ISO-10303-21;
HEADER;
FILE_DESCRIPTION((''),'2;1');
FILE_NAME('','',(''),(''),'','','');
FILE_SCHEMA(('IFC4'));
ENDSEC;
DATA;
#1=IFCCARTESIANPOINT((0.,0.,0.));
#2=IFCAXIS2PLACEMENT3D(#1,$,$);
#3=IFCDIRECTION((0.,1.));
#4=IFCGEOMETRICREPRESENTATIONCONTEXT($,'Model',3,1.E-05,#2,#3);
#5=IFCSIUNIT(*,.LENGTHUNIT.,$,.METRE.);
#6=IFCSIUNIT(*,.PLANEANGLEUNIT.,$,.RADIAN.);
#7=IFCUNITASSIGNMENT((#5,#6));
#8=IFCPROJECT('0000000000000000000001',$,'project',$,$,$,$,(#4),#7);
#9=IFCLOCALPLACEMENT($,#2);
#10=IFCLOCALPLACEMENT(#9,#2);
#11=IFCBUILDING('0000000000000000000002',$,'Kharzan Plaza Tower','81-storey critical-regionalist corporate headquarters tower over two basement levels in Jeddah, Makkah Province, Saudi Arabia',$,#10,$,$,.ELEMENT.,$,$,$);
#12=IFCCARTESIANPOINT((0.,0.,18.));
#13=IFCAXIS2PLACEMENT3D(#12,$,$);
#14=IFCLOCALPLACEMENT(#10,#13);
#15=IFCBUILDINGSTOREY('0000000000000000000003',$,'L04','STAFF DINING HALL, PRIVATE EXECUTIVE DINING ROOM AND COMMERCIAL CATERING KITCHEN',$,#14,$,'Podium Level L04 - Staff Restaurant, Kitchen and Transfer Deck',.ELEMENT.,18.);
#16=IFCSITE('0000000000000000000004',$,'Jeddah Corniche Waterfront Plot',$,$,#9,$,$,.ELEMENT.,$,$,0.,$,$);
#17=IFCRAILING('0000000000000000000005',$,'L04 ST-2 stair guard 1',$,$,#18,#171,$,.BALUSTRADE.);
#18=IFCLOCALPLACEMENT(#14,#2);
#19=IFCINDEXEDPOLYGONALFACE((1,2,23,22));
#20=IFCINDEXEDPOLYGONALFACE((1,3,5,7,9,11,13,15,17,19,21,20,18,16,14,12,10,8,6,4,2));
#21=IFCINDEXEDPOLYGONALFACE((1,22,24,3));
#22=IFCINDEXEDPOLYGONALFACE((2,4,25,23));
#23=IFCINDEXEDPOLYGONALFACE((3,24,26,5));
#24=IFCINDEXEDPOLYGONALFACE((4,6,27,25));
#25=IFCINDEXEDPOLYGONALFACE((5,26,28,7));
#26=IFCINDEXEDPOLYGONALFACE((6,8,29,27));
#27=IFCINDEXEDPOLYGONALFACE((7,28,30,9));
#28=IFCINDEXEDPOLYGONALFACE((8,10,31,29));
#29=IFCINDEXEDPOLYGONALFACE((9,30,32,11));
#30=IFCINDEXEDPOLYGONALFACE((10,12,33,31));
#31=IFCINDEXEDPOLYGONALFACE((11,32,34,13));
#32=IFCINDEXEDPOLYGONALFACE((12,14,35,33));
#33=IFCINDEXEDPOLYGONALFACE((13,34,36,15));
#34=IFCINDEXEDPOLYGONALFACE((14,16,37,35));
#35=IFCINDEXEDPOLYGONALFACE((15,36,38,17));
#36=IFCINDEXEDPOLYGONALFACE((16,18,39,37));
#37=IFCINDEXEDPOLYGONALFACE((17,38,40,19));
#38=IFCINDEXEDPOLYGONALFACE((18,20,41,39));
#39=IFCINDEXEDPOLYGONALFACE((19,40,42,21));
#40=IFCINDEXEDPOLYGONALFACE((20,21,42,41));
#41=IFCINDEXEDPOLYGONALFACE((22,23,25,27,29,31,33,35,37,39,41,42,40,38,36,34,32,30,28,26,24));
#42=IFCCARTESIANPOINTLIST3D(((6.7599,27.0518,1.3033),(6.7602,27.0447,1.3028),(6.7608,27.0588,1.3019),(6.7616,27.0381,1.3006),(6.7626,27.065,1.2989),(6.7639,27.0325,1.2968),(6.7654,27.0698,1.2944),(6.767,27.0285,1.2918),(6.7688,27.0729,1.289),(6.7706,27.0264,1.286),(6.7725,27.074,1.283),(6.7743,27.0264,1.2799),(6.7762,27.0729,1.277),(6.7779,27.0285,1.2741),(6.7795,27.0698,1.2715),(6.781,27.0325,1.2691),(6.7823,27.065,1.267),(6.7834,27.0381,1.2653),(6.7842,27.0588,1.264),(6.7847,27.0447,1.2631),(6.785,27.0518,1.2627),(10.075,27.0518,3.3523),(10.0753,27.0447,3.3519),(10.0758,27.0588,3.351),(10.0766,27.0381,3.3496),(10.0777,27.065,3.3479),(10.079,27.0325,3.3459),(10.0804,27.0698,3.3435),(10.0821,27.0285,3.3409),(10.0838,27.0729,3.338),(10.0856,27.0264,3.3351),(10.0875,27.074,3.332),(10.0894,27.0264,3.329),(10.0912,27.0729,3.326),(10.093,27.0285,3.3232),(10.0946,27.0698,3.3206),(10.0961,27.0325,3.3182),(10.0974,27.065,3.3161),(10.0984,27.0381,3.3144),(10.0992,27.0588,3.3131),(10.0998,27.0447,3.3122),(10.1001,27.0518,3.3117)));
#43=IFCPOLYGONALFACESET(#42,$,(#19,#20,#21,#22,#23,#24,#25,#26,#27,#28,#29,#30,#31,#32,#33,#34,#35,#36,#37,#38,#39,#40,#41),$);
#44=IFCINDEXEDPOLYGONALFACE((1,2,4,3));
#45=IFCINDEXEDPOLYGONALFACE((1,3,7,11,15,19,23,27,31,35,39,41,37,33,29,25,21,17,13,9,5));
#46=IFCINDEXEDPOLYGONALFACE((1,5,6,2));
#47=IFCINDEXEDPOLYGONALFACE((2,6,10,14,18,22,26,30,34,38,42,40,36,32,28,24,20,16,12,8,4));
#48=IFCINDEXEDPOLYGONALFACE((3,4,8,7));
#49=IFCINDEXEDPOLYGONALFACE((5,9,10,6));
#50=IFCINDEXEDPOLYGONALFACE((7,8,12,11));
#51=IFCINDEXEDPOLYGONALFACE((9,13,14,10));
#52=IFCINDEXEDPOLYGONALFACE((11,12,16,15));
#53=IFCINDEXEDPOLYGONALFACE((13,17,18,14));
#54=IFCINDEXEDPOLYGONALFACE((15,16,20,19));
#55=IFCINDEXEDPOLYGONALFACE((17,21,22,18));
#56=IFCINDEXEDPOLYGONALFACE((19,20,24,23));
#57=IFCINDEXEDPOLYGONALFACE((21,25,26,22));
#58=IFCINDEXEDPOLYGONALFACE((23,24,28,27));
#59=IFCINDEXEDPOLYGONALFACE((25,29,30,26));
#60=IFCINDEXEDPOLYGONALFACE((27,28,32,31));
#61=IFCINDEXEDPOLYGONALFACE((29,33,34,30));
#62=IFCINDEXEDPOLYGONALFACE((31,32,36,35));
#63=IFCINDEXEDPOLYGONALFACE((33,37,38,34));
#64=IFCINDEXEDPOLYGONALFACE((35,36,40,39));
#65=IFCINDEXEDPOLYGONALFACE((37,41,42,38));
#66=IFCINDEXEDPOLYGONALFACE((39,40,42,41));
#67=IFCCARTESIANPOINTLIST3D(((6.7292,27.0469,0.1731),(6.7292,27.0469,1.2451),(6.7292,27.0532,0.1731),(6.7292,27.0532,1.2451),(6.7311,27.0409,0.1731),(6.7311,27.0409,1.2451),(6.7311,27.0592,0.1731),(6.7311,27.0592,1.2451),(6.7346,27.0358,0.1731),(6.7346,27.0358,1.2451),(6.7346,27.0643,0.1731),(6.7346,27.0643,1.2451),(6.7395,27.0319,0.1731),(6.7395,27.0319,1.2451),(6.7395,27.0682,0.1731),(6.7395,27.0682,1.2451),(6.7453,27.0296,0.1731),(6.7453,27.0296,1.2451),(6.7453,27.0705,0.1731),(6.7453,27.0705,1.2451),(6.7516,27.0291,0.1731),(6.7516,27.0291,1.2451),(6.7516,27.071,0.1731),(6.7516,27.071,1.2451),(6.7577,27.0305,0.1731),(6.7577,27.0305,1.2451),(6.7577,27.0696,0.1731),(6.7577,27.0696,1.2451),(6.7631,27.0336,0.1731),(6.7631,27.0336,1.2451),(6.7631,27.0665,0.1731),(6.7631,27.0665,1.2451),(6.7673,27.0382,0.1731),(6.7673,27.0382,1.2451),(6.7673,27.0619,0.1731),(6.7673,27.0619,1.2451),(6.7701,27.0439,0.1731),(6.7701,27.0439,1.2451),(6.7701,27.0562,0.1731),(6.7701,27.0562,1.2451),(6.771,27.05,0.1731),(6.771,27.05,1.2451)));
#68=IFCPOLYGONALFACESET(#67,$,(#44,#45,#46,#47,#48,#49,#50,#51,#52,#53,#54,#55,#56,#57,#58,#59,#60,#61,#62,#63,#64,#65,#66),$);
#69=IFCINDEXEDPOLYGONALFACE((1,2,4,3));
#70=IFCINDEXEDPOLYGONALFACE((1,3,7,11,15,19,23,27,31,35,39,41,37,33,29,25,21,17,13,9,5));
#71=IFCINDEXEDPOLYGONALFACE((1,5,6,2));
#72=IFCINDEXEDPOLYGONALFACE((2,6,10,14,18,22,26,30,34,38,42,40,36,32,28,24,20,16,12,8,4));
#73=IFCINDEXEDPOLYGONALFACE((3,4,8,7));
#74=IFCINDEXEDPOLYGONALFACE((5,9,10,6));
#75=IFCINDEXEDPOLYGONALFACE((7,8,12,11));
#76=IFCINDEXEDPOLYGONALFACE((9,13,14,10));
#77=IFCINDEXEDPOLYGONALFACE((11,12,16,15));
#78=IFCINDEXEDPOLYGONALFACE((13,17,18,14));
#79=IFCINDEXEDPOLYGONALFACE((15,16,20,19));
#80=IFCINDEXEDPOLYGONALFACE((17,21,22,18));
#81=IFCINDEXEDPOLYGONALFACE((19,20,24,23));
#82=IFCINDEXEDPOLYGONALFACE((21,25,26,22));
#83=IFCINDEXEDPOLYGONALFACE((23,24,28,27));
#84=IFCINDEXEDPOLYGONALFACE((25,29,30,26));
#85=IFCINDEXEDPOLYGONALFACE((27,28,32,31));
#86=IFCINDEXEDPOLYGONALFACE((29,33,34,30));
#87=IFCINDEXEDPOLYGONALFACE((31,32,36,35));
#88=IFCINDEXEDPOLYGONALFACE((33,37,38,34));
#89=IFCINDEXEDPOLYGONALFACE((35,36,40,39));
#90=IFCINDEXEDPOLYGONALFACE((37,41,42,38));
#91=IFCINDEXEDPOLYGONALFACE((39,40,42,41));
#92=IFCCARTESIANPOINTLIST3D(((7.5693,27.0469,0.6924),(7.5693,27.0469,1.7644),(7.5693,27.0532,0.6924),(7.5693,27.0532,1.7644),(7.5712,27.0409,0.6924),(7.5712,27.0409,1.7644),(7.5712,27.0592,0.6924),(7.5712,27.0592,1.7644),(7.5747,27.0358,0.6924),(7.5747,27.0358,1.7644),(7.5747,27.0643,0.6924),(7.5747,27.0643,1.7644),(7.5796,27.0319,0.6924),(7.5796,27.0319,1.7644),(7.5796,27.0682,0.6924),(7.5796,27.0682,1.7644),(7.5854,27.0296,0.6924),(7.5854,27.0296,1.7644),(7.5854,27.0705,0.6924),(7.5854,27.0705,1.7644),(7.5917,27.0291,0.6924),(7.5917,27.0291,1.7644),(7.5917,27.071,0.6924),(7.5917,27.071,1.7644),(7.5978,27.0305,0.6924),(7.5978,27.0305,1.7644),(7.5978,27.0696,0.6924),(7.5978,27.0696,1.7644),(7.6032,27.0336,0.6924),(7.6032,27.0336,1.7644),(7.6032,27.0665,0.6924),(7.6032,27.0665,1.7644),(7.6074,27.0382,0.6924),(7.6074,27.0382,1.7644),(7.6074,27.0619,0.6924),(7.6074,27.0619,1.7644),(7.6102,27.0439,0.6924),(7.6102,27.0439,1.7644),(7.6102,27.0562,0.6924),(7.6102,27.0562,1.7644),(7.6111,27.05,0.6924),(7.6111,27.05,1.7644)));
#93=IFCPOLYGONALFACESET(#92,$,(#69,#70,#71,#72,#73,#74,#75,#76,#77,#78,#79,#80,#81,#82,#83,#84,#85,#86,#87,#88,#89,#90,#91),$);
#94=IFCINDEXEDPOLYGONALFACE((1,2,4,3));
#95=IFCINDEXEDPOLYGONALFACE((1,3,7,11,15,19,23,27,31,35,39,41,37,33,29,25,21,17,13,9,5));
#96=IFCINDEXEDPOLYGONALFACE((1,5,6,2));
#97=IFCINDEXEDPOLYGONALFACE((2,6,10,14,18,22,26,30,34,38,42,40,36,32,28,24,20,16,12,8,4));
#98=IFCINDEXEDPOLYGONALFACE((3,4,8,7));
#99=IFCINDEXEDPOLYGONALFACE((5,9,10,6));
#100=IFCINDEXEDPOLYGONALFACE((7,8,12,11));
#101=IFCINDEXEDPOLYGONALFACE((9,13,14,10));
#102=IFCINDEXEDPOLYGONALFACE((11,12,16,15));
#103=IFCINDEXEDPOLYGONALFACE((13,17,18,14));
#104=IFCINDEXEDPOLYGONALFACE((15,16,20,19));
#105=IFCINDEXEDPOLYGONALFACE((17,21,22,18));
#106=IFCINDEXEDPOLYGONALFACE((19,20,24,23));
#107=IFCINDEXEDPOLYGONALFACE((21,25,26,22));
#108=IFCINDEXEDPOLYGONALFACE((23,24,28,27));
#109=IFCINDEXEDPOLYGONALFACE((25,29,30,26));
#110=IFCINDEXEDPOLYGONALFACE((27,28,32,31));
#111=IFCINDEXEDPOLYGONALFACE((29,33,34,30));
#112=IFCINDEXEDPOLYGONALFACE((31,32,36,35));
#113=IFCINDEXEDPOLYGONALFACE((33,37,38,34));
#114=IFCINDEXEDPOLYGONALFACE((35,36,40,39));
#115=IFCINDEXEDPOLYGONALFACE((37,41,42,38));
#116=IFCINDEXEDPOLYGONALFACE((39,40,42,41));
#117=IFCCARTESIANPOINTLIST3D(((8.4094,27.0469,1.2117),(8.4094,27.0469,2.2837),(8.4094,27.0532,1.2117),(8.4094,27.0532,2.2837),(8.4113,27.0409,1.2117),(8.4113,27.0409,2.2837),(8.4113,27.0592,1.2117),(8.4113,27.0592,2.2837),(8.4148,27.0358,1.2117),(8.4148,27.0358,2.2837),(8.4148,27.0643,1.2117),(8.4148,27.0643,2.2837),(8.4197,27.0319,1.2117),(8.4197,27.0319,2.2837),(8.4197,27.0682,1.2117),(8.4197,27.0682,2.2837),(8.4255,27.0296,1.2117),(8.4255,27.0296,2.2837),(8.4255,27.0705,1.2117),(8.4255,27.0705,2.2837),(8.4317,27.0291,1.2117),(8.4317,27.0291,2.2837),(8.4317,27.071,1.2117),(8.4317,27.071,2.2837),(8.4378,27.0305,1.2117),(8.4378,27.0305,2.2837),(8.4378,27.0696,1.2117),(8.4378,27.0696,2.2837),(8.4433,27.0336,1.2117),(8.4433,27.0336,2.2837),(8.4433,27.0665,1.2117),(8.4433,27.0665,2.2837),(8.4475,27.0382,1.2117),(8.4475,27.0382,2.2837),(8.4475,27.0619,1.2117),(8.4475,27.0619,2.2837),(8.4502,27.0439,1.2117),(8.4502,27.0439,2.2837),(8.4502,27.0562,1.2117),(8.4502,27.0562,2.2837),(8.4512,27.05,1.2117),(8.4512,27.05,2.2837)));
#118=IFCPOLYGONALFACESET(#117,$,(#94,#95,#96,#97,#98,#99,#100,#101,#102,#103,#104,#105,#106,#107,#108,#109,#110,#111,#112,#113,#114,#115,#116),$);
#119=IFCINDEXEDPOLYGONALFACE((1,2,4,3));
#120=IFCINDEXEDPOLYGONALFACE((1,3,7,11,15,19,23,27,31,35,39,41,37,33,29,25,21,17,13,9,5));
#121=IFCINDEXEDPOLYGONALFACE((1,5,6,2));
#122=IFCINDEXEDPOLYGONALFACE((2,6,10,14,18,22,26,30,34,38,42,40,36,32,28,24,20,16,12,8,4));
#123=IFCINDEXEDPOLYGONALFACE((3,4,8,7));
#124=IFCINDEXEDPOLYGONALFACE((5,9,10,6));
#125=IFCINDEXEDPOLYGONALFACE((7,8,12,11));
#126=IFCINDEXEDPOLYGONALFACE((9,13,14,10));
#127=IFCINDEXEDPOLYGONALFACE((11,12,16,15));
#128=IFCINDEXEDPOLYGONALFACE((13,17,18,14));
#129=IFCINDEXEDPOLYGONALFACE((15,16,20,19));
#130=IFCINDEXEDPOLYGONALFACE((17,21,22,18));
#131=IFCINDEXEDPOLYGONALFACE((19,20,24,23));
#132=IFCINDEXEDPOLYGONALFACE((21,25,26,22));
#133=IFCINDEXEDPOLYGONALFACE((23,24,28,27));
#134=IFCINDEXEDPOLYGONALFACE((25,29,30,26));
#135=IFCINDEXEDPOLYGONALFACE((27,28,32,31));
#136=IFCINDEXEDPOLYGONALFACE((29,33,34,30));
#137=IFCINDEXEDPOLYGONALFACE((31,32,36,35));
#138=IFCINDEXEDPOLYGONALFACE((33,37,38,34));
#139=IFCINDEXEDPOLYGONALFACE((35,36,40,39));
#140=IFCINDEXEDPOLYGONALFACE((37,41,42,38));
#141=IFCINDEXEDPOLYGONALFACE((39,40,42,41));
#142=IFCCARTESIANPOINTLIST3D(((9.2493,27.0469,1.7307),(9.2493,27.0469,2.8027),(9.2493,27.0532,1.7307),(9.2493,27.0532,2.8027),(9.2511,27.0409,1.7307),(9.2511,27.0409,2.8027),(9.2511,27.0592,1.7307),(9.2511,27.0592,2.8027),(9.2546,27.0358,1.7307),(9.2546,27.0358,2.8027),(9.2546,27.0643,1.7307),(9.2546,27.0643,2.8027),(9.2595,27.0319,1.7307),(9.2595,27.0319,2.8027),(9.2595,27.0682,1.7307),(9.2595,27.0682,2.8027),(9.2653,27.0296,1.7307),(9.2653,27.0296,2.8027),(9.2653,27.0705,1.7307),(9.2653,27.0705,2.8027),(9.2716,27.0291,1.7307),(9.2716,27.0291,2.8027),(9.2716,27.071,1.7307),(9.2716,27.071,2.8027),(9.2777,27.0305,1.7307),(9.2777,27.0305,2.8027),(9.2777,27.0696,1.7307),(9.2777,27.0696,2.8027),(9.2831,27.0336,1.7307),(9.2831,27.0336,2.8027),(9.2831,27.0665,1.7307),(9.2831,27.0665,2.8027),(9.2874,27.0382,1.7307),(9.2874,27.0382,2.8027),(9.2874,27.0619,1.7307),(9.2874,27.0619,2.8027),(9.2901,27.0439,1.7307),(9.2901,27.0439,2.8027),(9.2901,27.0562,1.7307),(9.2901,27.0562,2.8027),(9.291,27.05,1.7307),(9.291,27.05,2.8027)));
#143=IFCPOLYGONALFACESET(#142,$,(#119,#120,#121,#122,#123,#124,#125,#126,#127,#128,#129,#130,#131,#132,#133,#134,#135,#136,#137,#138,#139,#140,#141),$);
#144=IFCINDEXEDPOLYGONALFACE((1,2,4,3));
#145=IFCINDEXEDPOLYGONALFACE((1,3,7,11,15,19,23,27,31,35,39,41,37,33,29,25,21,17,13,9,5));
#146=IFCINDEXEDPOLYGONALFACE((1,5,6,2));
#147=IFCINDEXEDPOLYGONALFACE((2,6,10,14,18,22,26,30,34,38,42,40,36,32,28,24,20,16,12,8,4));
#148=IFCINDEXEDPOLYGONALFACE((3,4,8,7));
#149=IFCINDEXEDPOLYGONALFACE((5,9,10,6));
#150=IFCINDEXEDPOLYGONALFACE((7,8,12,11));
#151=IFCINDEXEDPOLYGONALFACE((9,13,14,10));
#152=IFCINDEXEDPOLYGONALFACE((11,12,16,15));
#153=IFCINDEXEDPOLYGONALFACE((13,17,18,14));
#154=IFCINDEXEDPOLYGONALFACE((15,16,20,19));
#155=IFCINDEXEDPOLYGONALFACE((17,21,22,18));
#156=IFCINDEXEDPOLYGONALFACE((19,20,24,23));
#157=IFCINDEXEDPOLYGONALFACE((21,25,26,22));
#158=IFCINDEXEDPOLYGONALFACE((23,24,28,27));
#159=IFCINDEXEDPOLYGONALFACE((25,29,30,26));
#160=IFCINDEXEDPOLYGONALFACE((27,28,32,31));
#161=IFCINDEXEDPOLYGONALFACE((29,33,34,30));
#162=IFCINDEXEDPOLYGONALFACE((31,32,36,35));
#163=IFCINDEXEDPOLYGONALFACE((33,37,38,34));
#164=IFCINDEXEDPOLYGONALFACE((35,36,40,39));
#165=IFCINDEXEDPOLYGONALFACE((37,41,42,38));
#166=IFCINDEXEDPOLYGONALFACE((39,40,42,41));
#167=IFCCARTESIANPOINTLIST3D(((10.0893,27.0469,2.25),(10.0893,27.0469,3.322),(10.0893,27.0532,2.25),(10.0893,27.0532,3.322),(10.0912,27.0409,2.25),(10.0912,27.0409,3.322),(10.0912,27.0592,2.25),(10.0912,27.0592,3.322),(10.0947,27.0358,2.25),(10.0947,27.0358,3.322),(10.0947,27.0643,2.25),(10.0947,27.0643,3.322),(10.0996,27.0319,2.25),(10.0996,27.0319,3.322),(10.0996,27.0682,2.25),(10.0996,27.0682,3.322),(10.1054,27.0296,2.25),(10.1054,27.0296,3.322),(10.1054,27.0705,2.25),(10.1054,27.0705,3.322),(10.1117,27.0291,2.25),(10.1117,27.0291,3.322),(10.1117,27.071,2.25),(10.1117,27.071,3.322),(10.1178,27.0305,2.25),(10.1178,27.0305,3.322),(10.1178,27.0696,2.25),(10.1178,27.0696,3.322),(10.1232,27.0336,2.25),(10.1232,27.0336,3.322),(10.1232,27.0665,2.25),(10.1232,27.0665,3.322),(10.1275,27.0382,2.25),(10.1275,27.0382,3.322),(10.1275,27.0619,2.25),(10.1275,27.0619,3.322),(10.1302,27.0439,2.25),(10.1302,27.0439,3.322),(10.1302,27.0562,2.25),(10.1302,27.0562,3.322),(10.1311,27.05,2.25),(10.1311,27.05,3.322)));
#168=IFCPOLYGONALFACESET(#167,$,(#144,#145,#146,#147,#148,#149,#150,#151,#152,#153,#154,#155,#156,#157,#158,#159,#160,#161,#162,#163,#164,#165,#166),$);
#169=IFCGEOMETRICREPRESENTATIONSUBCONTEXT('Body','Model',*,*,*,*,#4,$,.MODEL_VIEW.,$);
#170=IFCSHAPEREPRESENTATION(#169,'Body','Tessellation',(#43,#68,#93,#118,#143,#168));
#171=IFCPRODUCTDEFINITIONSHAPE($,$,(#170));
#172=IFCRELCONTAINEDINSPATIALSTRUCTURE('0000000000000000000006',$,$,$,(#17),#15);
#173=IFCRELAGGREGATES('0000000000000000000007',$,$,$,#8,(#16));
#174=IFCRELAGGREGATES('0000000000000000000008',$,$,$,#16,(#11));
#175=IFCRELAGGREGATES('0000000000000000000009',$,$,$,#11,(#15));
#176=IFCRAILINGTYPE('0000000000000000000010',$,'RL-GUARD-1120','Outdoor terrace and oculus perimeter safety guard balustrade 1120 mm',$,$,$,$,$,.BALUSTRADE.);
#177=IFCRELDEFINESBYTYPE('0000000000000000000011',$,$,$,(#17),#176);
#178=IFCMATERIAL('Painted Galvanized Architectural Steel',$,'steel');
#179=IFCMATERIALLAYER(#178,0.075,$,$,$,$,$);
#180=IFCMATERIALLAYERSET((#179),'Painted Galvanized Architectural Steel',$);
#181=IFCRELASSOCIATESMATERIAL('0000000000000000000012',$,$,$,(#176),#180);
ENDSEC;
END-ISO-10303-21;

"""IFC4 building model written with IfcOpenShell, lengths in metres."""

from ifc_helpers import new_model, si_unit, direction, frame, origin, origin_2d, place, context, subcontext, project, spatial, circle, extrude, source, transform, mapped, material, layer, layer_set, type_object, element, save


model = new_model("IFC4")

# Units and contexts
model_context = context("Model", 3, precision=1e-05, world=origin(), true_north=direction((0.0, 1.0)))
body_context = subcontext(model_context, "Body", "Model", "MODEL_VIEW")
ifc_project = project(units=[si_unit("LENGTHUNIT", "METRE"), si_unit("PLANEANGLEUNIT", "RADIAN")], contexts=[model_context])

# Site, building, storey
site_placement = place(None, origin())
site = spatial("IfcSite", under=ifc_project, at=site_placement, Name="Jeddah Corniche Waterfront Plot", CompositionType="ELEMENT", RefElevation=0.0)
building_placement = place(site_placement, origin())
building = spatial("IfcBuilding", under=site, at=building_placement, Name="Kharzan Plaza Tower", Description="81-storey critical-regionalist corporate headquarters tower over two basement levels in Jeddah, Makkah Province, Saudi Arabia", CompositionType="ELEMENT")
storey_placement = place(building_placement, frame((0.0, 0.0, 18.0)))
storey = spatial("IfcBuildingStorey", under=building, at=storey_placement, Name="L04", Description="STAFF DINING HALL, PRIVATE EXECUTIVE DINING ROOM AND COMMERCIAL CATERING KITCHEN", LongName="Podium Level L04 - Staff Restaurant, Kitchen and Transfer Deck", CompositionType="ELEMENT", Elevation=18.0)

# Railing
ifc_material_1 = material(Name="Painted Galvanized Architectural Steel", Category="steel")
ifc_layer_1 = layer(ifc_material_1, 0.075)
ifc_layer_set_1 = layer_set([ifc_layer_1], Name="Painted Galvanized Architectural Steel")
railing_type_1 = type_object("IfcRailingType", Name="RL-GUARD-1120", Description="Outdoor terrace and oculus perimeter safety guard balustrade 1120 mm", PredefinedType="BALUSTRADE", material=ifc_layer_set_1)
shared_shape_1 = source(origin(), body_context, "Body", "SweptSolid", [
    extrude(circle(Radius=0.0239, at=origin_2d()), frame((0.0225, 0.0, 1.1099), z_axis=(0.850623, 0.0, 0.525776), x_axis=(0.0, 1.0, 0.0)), (0.0, 0.0, 1.0), 3.8972),
    extrude(circle(Radius=0.021, at=origin_2d()), origin(), (0.0, 0.0, 1.0), 1.072),
    extrude(circle(Radius=0.021, at=origin_2d()), frame((0.8401, 0.0, 0.5193)), (0.0, 0.0, 1.0), 1.072),
    extrude(circle(Radius=0.021, at=origin_2d()), frame((1.6802, 0.0, 1.0386)), (0.0, 0.0, 1.0), 1.072),
    extrude(circle(Radius=0.021, at=origin_2d()), frame((2.52, 0.0, 1.5576)), (0.0, 0.0, 1.0), 1.072),
    extrude(circle(Radius=0.021, at=origin_2d()), frame((3.3601, 0.0, 2.0769)), (0.0, 0.0, 1.0), 1.072),
])
railing_1_placement = place(storey_placement, frame((6.75, 27.05, 0.1731)))
element("IfcRailing", 1, at=railing_1_placement, inside=storey, type_object=railing_type_1, Name="L04 ST-2 stair guard 1", PredefinedType="BALUSTRADE", context=body_context, shape_type="MappedRepresentation", body=[
    mapped(shared_shape_1, transform((0.0, 0.0, 0.0), x_axis=(1.0, 0.0, 0.0), y_axis=(0.0, 1.0, 0.0), z_axis=(0.0, 0.0, 1.0))),
])

save(model, "model.ifc")
